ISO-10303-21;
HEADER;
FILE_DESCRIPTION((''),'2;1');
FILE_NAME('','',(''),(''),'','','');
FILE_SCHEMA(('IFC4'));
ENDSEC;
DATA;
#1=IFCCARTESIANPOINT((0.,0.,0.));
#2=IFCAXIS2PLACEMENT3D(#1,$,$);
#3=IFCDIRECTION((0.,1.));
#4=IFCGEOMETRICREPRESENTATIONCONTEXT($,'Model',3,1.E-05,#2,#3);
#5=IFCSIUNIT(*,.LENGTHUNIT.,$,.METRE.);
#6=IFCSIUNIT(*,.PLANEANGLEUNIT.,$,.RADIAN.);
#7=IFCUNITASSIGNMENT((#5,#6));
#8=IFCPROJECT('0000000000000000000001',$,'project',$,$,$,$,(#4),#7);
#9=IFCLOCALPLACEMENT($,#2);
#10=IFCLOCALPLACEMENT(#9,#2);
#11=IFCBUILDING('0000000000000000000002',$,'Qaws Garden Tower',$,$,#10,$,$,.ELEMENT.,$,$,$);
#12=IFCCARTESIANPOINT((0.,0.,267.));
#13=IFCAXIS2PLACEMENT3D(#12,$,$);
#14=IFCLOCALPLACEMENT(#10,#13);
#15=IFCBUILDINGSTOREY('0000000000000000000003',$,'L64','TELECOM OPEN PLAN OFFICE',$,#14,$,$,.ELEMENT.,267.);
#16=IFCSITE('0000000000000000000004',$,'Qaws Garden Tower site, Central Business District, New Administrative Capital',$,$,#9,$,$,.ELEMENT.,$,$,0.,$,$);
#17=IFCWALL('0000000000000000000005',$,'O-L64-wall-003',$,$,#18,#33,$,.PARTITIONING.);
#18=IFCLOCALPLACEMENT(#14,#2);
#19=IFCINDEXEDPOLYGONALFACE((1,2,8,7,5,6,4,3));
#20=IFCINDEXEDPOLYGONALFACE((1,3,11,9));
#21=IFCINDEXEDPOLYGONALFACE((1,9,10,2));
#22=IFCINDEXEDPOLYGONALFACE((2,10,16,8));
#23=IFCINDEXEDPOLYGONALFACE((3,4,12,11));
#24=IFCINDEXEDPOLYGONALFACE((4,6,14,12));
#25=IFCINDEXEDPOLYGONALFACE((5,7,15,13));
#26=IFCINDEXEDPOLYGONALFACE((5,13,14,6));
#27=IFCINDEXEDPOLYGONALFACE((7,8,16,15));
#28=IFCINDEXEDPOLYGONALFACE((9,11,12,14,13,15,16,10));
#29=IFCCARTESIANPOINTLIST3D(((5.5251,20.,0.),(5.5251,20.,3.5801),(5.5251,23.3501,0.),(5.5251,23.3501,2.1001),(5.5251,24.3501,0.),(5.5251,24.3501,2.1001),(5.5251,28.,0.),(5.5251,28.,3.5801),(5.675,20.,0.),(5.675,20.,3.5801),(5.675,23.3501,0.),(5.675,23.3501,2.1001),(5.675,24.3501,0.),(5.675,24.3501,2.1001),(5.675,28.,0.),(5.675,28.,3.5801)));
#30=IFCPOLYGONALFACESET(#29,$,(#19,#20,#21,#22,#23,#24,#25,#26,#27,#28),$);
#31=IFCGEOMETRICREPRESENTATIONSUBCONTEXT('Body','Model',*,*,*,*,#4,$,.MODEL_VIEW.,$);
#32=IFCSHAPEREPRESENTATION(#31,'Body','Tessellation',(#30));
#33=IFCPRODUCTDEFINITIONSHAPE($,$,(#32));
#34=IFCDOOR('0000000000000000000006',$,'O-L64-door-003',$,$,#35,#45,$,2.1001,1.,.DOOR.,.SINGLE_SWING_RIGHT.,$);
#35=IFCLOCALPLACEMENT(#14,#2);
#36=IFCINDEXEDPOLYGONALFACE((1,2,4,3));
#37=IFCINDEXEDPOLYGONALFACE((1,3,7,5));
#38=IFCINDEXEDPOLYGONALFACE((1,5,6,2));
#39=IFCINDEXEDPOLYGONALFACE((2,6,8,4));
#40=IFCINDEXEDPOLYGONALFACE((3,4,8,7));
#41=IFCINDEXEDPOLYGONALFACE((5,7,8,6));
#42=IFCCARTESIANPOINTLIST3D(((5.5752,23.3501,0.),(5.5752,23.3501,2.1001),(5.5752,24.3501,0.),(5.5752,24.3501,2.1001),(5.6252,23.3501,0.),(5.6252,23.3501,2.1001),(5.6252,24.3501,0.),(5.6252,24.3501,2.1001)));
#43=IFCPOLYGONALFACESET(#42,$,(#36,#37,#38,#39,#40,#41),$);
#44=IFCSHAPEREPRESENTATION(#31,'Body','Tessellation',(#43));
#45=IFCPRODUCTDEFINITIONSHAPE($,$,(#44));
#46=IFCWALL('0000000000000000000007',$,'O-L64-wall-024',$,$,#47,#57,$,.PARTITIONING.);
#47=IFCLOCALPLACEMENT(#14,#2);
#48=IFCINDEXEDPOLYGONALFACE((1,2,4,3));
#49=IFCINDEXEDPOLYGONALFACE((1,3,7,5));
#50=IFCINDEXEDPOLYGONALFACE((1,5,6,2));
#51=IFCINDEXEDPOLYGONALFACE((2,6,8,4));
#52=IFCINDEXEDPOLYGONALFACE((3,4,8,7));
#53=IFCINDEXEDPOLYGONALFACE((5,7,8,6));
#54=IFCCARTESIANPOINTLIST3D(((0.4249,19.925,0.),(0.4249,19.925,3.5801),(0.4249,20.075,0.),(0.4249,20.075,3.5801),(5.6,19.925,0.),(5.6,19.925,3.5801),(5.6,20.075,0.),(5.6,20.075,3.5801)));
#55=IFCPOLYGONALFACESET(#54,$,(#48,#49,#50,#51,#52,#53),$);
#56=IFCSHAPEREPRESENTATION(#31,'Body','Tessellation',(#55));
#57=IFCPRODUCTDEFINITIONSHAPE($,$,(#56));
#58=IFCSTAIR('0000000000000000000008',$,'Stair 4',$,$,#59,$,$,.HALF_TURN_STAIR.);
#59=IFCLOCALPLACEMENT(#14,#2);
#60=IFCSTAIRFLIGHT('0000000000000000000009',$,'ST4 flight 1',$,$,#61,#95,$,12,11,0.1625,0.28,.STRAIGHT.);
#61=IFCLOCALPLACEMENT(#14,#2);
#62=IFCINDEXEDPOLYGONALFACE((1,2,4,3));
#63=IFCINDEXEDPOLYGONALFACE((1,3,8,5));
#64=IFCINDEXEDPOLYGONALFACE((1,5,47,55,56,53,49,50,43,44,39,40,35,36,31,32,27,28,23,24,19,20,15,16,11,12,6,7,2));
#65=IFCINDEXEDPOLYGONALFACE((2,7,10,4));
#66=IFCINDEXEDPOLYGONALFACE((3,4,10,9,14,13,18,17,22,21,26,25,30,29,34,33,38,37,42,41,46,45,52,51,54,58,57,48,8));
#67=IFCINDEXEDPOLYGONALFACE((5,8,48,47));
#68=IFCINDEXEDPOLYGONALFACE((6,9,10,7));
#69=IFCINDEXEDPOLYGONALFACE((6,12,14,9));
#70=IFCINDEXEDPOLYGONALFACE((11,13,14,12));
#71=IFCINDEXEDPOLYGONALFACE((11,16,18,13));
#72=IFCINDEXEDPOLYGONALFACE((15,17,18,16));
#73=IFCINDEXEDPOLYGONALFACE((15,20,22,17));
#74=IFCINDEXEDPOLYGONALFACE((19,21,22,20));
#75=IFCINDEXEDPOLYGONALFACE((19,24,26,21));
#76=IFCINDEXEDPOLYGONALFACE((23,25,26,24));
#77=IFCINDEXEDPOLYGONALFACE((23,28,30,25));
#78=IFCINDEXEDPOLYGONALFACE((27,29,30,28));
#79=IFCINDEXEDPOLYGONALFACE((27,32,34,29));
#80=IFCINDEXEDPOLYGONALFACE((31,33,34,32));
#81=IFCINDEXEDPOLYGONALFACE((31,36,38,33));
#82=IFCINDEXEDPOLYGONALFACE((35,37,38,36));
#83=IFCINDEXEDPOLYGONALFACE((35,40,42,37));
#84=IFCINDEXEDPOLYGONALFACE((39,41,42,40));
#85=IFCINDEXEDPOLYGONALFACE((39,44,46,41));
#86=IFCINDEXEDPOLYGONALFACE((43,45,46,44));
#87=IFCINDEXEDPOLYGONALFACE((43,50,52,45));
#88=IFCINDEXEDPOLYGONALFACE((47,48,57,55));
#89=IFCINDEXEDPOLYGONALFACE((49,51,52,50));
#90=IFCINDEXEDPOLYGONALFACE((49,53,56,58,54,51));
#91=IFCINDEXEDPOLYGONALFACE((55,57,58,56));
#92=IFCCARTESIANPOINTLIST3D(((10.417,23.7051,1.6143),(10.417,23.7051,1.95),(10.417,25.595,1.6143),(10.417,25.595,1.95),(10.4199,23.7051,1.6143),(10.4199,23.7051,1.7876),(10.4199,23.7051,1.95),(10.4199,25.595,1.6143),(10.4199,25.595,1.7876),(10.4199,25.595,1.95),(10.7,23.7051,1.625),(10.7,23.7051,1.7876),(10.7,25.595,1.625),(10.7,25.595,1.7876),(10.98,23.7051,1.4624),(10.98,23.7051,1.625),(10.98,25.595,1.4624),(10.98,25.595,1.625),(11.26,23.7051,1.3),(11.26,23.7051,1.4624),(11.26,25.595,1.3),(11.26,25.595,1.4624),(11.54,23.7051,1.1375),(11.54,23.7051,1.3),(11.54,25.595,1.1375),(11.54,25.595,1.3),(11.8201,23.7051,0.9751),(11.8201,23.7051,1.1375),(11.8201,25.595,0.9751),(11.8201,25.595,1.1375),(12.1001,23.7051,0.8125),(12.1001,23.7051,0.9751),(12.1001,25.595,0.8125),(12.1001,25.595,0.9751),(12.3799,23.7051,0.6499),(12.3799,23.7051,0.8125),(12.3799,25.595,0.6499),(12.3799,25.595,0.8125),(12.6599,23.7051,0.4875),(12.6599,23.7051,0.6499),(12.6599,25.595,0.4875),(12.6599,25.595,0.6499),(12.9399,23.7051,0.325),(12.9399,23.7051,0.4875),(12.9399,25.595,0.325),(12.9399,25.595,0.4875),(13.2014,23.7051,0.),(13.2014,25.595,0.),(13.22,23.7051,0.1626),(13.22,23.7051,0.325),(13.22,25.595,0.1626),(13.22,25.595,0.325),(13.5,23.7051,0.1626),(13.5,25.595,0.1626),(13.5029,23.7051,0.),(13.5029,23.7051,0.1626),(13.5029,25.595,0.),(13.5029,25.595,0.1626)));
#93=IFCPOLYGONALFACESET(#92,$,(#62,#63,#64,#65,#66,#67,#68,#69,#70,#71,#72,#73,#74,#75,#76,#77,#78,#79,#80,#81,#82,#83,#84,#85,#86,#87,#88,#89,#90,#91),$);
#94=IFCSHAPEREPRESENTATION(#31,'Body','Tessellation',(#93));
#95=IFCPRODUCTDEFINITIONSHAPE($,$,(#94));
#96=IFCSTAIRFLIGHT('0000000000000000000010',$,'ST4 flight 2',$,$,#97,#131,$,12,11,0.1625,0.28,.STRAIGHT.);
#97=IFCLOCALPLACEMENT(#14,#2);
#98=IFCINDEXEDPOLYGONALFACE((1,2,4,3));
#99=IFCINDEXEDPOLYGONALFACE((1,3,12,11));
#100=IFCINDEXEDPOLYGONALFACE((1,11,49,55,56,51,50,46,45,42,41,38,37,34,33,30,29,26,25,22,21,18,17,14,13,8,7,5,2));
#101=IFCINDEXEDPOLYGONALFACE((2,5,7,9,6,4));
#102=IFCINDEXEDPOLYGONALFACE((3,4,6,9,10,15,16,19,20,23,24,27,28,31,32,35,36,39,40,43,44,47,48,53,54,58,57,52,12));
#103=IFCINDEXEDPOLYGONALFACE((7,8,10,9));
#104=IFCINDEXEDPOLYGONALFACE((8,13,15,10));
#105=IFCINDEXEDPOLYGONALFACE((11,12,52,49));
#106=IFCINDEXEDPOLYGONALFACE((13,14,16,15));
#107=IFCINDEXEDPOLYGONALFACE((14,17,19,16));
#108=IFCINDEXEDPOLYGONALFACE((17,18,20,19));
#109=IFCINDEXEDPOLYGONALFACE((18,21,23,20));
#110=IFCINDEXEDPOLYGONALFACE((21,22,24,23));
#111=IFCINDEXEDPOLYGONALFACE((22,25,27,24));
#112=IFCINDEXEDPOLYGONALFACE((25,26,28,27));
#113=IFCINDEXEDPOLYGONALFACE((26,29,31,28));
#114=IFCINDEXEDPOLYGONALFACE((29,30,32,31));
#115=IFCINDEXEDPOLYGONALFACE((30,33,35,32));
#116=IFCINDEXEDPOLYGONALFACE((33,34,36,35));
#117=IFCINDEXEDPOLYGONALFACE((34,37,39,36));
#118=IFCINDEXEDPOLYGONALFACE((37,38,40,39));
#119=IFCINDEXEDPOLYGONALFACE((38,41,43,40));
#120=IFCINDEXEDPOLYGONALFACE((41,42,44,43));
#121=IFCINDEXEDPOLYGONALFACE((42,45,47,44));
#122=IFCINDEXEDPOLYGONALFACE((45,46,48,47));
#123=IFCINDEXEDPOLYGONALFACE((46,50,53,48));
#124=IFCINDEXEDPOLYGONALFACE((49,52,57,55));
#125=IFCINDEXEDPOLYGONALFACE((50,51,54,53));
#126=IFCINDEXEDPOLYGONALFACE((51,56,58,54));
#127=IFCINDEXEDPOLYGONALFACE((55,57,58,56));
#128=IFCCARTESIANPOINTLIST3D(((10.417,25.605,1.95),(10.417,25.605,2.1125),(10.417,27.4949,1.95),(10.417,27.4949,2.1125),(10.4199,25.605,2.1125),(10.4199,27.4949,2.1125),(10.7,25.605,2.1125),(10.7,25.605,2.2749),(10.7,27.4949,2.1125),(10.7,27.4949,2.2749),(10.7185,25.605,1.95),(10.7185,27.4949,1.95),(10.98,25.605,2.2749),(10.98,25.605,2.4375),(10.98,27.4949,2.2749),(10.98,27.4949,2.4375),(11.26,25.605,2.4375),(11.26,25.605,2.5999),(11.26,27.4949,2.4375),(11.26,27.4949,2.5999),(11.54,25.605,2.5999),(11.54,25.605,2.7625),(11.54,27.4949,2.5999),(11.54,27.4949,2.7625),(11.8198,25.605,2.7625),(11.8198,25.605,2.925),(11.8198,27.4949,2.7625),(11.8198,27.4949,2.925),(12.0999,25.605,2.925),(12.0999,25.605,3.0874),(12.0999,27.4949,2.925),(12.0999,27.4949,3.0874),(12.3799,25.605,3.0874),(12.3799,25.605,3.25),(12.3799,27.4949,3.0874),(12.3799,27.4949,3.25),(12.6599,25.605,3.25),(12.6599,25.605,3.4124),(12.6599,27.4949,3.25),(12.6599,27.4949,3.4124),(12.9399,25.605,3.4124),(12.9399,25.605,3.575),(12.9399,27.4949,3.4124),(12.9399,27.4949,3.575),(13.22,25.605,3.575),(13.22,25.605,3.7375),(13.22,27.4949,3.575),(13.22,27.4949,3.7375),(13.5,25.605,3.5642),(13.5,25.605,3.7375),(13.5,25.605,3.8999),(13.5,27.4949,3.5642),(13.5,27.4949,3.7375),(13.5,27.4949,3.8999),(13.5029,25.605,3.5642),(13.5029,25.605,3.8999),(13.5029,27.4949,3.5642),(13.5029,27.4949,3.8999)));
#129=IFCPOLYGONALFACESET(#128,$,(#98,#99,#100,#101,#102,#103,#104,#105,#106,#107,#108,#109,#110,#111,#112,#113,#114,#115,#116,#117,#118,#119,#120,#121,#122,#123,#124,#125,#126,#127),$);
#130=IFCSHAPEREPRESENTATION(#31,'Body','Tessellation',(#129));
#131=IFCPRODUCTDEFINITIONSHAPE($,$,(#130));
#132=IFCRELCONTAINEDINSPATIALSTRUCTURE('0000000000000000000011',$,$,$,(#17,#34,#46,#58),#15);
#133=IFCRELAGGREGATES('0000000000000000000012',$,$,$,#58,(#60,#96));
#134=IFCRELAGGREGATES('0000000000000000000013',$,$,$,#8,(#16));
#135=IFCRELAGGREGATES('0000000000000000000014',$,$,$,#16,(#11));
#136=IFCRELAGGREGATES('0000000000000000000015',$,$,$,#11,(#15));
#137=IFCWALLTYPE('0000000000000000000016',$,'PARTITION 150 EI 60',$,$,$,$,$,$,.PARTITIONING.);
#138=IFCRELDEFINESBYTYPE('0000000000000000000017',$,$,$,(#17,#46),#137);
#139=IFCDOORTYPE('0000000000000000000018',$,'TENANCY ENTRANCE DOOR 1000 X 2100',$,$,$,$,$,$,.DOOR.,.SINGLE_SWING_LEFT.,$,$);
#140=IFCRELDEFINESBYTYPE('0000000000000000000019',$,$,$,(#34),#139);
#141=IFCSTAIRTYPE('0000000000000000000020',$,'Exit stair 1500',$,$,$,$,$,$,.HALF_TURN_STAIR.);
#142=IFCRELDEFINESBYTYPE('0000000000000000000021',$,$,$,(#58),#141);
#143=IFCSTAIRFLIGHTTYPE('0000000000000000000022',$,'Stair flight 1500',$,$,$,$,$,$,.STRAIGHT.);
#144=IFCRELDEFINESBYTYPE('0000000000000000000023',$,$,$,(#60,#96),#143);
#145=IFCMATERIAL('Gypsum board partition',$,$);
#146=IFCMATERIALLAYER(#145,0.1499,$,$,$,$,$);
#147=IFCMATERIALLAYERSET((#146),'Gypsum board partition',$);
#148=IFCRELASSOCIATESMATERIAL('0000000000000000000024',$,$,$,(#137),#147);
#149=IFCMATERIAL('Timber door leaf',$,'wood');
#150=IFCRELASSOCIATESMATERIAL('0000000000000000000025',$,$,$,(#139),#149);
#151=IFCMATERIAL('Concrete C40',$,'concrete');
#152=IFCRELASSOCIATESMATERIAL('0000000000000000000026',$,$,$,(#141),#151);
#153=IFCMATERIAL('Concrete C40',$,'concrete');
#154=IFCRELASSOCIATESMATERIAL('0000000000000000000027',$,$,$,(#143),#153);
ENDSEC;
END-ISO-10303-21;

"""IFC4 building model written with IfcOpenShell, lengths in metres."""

from ifc_helpers import new_model, si_unit, direction, frame, frame_2d, origin, place, context, subcontext, project, spatial, polyline, rectangle, outline, extrude, material, layer, layer_set, type_object, element, fill, aggregate, save


model = new_model("IFC4")

# Units and contexts
model_context = context("Model", 3, precision=1e-05, world=origin(), true_north=direction((0.0, 1.0)))
body_context = subcontext(model_context, "Body", "Model", "MODEL_VIEW")
ifc_project = project(units=[si_unit("LENGTHUNIT", "METRE"), si_unit("PLANEANGLEUNIT", "RADIAN")], contexts=[model_context])

# Site, building, storey
site_placement = place(None, origin())
site = spatial("IfcSite", under=ifc_project, at=site_placement, Name="Qaws Garden Tower site, Central Business District, New Administrative Capital", CompositionType="ELEMENT", RefElevation=0.0)
building_placement = place(site_placement, origin())
building = spatial("IfcBuilding", under=site, at=building_placement, Name="Qaws Garden Tower", CompositionType="ELEMENT")
storey_placement = place(building_placement, frame((0.0, 0.0, 267.0)))
storey = spatial("IfcBuildingStorey", under=building, at=storey_placement, Name="L64", Description="TELECOM OPEN PLAN OFFICE", CompositionType="ELEMENT", Elevation=267.0)

# Wall, opening, door
ifc_material_1 = material(Name="Gypsum board partition")
ifc_layer_1 = layer(ifc_material_1, 0.1499)
ifc_layer_set_1 = layer_set([ifc_layer_1], Name="Gypsum board partition")
wall_type_1 = type_object("IfcWallType", Name="PARTITION 150 EI 60", PredefinedType="PARTITIONING", material=ifc_layer_set_1)
wall_1_placement = place(storey_placement, frame((5.6001, 20.0, 0.0), z_axis=(0.0, 0.0, 1.0), x_axis=(0.0, 1.0, 0.0)))
wall_1 = element("IfcWall", 1, at=wall_1_placement, inside=storey, type_object=wall_type_1, Name="O-L64-wall-003", PredefinedType="PARTITIONING", context=body_context, shape_type="SweptSolid", body=[
    extrude(rectangle(XDim=8.0, YDim=0.1499, at=frame_2d((4.0, 0.0))), origin(), (0.0, 0.0, 1.0), 3.5801),
])
opening_1_placement = place(wall_1_placement, frame((3.3501, 0.0, 0.0)))
opening_1 = element("IfcOpeningElement", 2, at=opening_1_placement, cuts=wall_1, PredefinedType="OPENING", context=body_context, shape_type="SweptSolid", body=[
    extrude(rectangle(XDim=1.0, YDim=2.1001, at=frame_2d((0.5, 1.05))), frame((0.0, 0.085, 0.0), z_axis=(0.0, -1.0, 0.0), x_axis=(1.0, 0.0, 0.0)), (0.0, 0.0, 1.0), 0.1699),
])
ifc_material_2 = material(Name="Timber door leaf", Category="wood")
door_type_1 = type_object("IfcDoorType", Name="TENANCY ENTRANCE DOOR 1000 X 2100", OperationType="SINGLE_SWING_LEFT", PredefinedType="DOOR", material=ifc_material_2)
door_1_placement = place(opening_1_placement, origin())
door_1 = element("IfcDoor", 3, at=door_1_placement, inside=storey, type_object=door_type_1, Name="O-L64-door-003", OperationType="SINGLE_SWING_RIGHT", OverallHeight=2.1001, OverallWidth=1.0, PredefinedType="DOOR", context=body_context, shape_type="SweptSolid", body=[
    extrude(rectangle(XDim=1.0, YDim=2.1001, at=frame_2d((0.5, 1.05))), frame((0.0, 0.0249, 0.0), z_axis=(0.0, -1.0, 0.0), x_axis=(1.0, 0.0, 0.0)), (0.0, 0.0, 1.0), 0.05),
])
fill(opening_1, door_1)

# Wall
wall_2_placement = place(storey_placement, frame((0.425, 20.0, 0.0), z_axis=(0.0, 0.0, 1.0), x_axis=(1.0, 0.0, 0.0)))
element("IfcWall", 4, at=wall_2_placement, inside=storey, type_object=wall_type_1, Name="O-L64-wall-024", PredefinedType="PARTITIONING", context=body_context, shape_type="SweptSolid", body=[
    extrude(rectangle(XDim=5.175, YDim=0.1499, at=frame_2d((2.5874, 0.0))), origin(), (0.0, 0.0, 1.0), 3.5801),
])

# Stair, stair flights
ifc_material_3 = material(Name="Concrete C40", Category="concrete")
stair_type = type_object("IfcStairType", Name="Exit stair 1500", PredefinedType="HALF_TURN_STAIR", material=ifc_material_3)
stair_placement = place(storey_placement, origin())
stair = element("IfcStair", 5, at=stair_placement, inside=storey, type_object=stair_type, Name="Stair 4", PredefinedType="HALF_TURN_STAIR")
ifc_material_4 = material(Name="Concrete C40", Category="concrete")
stair_flight_type = type_object("IfcStairFlightType", Name="Stair flight 1500", PredefinedType="STRAIGHT", material=ifc_material_4)
stair_flight_1_placement = place(storey_placement, frame((13.5, 24.6499, 0.0), z_axis=(0.0, 0.0, 1.0), x_axis=(-1.0, 0.0, 0.0)))
stair_flight_1 = element("IfcStairFlight", 6, at=stair_flight_1_placement, type_object=stair_flight_type, Name="ST4 flight 1", NumberOfRisers=12, NumberOfTreads=11, PredefinedType="STRAIGHT", RiserHeight=0.1625, TreadLength=0.28, context=body_context, shape_type="SweptSolid", body=[
    extrude(outline(polyline([(-0.0029, 0.0), (-0.0029, 0.1626), (0.0, 0.1626), (0.28, 0.1626), (0.28, 0.325), (0.5601, 0.325), (0.5601, 0.4875), (0.8401, 0.4875), (0.8401, 0.6499), (1.1201, 0.6499), (1.1201, 0.8125), (1.3999, 0.8125), (1.3999, 0.9751), (1.6799, 0.9751), (1.6799, 1.1375), (1.96, 1.1375), (1.96, 1.3), (2.24, 1.3), (2.24, 1.4624), (2.52, 1.4624), (2.52, 1.625), (2.8, 1.625), (2.8, 1.7876), (3.0801, 1.7876), (3.0801, 1.95), (3.083, 1.95), (3.083, 1.6143), (3.0801, 1.6143), (0.2986, 0.0), (-0.0029, 0.0)])), frame((0.0, 0.9448, 0.0), z_axis=(0.0, -1.0, 0.0), x_axis=(1.0, 0.0, 0.0)), (0.0, 0.0, 1.0), 1.8899),
])
stair_flight_2_placement = place(storey_placement, frame((10.4199, 26.55, 1.95), z_axis=(0.0, 0.0, 1.0), x_axis=(1.0, 0.0, 0.0)))
stair_flight_2 = element("IfcStairFlight", 7, at=stair_flight_2_placement, type_object=stair_flight_type, Name="ST4 flight 2", NumberOfRisers=12, NumberOfTreads=11, PredefinedType="STRAIGHT", RiserHeight=0.1625, TreadLength=0.28, context=body_context, shape_type="SweptSolid", body=[
    extrude(outline(polyline([(-0.0029, 0.0), (-0.0029, 0.1626), (0.0, 0.1626), (0.28, 0.1626), (0.28, 0.325), (0.5601, 0.325), (0.5601, 0.4875), (0.8401, 0.4875), (0.8401, 0.6499), (1.1201, 0.6499), (1.1201, 0.8125), (1.3999, 0.8125), (1.3999, 0.9751), (1.6799, 0.9751), (1.6799, 1.1375), (1.96, 1.1375), (1.96, 1.3), (2.24, 1.3), (2.24, 1.4624), (2.52, 1.4624), (2.52, 1.625), (2.8, 1.625), (2.8, 1.7876), (3.0801, 1.7876), (3.0801, 1.95), (3.083, 1.95), (3.083, 1.6143), (3.0801, 1.6143), (0.2986, 0.0), (-0.0029, 0.0)])), frame((0.0, 0.9448, 0.0), z_axis=(0.0, -1.0, 0.0), x_axis=(1.0, 0.0, 0.0)), (0.0, 0.0, 1.0), 1.8899),
])
aggregate(stair, [stair_flight_1, stair_flight_2])

save(model, "model.ifc")
